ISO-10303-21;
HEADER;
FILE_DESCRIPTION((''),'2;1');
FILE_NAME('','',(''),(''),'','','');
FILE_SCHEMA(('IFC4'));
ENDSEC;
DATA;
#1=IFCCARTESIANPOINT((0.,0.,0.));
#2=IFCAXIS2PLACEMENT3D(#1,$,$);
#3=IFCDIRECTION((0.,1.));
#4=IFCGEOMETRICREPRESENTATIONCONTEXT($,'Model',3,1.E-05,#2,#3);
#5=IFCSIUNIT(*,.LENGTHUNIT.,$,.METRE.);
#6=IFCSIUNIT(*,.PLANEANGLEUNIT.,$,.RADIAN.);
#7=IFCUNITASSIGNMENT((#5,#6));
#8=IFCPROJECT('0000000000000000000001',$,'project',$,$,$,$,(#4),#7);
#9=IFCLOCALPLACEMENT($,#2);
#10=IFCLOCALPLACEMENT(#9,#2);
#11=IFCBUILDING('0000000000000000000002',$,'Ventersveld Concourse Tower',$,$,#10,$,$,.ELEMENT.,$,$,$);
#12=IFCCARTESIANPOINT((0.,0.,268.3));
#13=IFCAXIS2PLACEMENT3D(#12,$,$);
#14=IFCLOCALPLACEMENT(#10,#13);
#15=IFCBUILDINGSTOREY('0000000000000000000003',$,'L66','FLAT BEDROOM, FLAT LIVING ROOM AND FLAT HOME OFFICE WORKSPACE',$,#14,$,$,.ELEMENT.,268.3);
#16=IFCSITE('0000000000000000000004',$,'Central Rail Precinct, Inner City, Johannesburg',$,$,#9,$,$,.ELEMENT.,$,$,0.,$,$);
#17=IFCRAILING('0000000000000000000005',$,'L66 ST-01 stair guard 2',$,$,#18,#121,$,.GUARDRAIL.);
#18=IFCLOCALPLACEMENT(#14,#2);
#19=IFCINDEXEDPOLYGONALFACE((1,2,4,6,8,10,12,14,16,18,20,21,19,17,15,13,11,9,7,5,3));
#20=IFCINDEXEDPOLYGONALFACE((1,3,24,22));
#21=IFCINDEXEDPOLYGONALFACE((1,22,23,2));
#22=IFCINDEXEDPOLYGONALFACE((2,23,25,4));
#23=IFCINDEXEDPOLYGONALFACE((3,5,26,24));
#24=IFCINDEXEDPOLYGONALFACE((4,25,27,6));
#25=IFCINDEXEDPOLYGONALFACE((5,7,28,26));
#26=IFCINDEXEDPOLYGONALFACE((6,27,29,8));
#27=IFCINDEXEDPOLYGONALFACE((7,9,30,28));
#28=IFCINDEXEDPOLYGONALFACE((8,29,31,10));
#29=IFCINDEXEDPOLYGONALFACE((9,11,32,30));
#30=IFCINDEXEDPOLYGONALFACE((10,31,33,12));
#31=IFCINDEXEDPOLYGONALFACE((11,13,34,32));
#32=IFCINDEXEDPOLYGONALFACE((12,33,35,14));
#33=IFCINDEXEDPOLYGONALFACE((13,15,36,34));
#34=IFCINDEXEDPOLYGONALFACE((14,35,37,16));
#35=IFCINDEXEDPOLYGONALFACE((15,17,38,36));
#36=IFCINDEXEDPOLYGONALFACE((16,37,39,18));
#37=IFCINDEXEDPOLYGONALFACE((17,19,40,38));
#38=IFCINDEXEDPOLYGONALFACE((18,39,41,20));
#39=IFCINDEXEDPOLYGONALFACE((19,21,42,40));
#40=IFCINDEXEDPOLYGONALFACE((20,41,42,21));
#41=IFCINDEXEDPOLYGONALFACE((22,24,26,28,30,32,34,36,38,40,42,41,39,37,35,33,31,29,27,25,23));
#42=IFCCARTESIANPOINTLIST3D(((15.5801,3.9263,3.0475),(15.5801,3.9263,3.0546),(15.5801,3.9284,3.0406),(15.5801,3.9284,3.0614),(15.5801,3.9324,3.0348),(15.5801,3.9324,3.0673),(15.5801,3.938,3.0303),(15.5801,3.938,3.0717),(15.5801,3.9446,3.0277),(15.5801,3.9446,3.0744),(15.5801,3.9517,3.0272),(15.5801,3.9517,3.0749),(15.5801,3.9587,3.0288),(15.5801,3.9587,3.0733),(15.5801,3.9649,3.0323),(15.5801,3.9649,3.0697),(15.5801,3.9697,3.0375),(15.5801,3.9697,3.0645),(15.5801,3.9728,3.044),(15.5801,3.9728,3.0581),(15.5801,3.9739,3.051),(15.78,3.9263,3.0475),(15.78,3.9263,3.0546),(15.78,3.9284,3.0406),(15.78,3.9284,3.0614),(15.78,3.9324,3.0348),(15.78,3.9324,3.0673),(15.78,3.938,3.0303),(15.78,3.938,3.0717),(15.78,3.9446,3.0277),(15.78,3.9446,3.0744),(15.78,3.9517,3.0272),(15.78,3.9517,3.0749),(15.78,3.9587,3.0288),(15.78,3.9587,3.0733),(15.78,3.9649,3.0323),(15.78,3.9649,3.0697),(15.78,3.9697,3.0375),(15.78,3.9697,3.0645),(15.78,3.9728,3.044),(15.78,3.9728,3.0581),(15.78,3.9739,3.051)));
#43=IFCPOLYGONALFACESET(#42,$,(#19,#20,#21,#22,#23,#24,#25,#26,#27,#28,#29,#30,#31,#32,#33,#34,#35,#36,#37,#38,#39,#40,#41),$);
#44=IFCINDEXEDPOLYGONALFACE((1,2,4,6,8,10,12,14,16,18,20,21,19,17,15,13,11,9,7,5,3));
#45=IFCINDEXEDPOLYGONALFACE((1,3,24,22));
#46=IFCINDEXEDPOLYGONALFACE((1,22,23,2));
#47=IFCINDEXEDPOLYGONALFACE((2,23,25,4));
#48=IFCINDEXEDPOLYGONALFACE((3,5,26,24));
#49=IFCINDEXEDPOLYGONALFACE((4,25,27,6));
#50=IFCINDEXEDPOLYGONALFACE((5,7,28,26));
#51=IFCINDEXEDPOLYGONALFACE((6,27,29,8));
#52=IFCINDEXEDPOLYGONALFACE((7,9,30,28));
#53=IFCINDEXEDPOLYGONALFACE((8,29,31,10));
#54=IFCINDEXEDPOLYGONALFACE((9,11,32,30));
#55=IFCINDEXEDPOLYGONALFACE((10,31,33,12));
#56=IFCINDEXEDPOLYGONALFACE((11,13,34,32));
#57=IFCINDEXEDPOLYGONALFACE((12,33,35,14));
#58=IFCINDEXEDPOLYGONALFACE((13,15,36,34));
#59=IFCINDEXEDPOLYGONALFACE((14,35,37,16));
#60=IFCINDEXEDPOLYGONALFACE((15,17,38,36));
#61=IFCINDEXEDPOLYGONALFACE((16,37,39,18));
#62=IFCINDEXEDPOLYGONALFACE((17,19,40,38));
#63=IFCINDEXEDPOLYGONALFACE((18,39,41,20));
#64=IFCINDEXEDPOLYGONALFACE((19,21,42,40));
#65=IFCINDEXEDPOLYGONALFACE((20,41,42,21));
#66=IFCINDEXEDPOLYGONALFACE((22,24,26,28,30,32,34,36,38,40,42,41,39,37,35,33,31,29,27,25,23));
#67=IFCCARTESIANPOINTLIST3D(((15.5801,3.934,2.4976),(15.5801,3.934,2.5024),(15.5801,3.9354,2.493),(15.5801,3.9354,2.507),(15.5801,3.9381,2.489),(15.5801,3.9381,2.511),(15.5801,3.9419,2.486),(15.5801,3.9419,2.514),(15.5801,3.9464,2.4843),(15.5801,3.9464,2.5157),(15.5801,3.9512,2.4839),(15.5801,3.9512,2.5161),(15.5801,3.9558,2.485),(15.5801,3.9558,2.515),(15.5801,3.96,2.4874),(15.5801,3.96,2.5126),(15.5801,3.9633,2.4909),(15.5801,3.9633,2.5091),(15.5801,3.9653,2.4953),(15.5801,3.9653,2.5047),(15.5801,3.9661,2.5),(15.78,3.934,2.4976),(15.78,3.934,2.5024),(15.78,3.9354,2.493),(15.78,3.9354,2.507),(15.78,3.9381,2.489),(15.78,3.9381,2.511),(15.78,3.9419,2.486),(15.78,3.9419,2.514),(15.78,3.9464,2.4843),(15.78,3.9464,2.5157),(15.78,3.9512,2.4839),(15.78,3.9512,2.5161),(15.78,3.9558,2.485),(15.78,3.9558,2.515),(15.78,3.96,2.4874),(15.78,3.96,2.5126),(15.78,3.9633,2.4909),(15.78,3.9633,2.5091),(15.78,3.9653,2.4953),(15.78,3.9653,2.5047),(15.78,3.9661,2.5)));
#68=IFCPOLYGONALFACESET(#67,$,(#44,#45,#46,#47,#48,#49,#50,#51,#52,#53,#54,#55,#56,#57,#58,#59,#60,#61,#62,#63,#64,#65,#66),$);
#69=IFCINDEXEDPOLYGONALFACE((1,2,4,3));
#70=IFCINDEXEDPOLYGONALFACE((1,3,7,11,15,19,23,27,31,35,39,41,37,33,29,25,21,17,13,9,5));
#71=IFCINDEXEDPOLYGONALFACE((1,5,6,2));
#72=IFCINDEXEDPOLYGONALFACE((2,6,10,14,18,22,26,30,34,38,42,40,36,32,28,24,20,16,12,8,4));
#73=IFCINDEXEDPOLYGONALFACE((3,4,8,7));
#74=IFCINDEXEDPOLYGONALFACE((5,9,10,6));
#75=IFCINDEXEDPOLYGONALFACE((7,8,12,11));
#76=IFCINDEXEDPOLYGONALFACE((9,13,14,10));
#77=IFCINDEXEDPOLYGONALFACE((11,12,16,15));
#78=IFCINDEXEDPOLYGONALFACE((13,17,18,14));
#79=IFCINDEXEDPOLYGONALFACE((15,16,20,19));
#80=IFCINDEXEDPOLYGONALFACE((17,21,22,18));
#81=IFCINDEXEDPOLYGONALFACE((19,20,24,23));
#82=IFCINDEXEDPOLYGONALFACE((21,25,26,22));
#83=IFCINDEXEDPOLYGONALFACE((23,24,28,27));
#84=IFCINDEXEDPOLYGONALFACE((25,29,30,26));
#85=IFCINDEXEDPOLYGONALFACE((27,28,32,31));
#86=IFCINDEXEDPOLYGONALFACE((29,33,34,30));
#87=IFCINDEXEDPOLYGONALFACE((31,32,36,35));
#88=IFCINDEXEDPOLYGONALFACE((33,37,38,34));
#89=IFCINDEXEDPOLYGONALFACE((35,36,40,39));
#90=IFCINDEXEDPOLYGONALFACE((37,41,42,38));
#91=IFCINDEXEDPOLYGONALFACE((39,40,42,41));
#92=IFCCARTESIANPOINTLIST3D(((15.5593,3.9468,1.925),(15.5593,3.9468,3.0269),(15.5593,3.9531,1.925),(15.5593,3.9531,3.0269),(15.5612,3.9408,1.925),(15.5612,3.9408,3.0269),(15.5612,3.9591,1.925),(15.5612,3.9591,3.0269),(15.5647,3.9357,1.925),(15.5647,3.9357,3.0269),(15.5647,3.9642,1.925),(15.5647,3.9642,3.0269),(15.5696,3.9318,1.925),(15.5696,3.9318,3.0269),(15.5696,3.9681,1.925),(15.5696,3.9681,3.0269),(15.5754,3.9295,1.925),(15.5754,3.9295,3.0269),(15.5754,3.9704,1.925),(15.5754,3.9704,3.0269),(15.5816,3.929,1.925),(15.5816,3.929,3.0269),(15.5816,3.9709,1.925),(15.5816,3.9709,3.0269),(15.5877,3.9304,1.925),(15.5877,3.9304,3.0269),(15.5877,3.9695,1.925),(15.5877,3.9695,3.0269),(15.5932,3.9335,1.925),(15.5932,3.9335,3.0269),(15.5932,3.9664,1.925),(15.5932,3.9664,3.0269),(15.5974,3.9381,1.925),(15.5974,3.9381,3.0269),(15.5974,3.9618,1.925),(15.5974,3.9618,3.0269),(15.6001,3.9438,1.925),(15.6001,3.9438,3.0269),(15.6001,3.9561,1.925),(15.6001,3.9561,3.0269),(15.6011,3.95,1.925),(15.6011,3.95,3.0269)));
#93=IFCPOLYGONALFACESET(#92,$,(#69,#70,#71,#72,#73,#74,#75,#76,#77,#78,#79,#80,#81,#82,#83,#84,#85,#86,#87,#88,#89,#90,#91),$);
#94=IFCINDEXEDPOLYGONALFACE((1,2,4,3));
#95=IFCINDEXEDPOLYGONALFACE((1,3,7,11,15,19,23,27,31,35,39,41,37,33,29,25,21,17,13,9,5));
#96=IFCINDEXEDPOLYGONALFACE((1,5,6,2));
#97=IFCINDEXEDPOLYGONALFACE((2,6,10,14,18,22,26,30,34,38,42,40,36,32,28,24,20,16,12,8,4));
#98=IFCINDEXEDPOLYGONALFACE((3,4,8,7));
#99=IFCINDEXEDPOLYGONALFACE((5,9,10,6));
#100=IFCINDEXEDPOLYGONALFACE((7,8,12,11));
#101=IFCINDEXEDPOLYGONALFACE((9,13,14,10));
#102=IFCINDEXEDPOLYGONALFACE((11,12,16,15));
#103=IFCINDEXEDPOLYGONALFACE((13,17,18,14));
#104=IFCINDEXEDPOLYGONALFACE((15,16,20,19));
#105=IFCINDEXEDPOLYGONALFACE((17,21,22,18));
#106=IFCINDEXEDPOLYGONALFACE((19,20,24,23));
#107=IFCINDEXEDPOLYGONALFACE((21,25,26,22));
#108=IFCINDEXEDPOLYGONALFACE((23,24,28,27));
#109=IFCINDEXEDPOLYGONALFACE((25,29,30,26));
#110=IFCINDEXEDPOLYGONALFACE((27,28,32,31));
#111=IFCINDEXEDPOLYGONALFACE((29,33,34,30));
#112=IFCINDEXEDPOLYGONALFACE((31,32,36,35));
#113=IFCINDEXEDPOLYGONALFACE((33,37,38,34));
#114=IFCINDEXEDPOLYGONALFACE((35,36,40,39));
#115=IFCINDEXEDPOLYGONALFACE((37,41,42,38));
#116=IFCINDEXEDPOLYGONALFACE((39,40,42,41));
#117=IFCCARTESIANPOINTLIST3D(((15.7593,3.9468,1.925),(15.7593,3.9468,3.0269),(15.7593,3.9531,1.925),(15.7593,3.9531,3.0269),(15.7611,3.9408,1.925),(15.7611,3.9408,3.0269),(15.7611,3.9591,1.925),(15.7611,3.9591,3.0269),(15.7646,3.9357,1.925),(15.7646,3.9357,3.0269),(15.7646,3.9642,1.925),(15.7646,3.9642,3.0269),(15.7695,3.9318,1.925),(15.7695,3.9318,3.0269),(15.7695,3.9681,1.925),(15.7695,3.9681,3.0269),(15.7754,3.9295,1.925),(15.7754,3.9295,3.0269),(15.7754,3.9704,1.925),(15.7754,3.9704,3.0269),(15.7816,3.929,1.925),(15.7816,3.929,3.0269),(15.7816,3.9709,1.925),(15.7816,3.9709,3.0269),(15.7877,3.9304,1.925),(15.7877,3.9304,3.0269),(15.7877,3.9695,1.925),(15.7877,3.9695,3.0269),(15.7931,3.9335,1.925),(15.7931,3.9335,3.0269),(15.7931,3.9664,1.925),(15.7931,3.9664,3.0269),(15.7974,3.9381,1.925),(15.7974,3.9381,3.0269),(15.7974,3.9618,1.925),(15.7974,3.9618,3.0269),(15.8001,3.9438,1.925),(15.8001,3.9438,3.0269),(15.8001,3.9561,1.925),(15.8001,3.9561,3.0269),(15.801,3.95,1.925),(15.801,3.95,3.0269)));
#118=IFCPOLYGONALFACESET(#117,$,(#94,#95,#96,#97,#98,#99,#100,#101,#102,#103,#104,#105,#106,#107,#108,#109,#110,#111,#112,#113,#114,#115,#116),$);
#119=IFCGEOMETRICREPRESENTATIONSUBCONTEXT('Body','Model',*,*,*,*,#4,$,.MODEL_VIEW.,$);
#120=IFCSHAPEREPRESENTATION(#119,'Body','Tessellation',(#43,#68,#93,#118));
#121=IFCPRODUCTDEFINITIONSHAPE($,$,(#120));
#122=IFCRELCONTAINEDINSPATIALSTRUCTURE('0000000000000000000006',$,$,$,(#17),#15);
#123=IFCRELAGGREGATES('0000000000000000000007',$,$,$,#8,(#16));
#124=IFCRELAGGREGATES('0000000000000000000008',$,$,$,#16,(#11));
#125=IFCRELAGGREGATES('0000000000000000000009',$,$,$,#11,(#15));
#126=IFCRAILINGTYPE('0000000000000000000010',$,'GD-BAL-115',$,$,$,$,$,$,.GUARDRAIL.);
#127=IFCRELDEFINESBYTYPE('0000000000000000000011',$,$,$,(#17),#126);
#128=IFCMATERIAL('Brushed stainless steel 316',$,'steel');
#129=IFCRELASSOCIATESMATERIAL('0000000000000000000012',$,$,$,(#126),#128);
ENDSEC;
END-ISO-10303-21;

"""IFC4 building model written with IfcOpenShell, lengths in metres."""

from ifc_helpers import new_model, si_unit, direction, frame, origin, origin_2d, place, context, subcontext, project, spatial, circle, extrude, material, type_object, element, save


model = new_model("IFC4")

# Units and contexts
model_context = context("Model", 3, precision=1e-05, world=origin(), true_north=direction((0.0, 1.0)))
body_context = subcontext(model_context, "Body", "Model", "MODEL_VIEW")
ifc_project = project(units=[si_unit("LENGTHUNIT", "METRE"), si_unit("PLANEANGLEUNIT", "RADIAN")], contexts=[model_context])

# Site, building, storey
site_placement = place(None, origin())
site = spatial("IfcSite", under=ifc_project, at=site_placement, Name="Central Rail Precinct, Inner City, Johannesburg", CompositionType="ELEMENT", RefElevation=0.0)
building_placement = place(site_placement, origin())
building = spatial("IfcBuilding", under=site, at=building_placement, Name="Ventersveld Concourse Tower", CompositionType="ELEMENT")
storey_placement = place(building_placement, frame((0.0, 0.0, 268.3)))
storey = spatial("IfcBuildingStorey", under=building, at=storey_placement, Name="L66", Description="FLAT BEDROOM, FLAT LIVING ROOM AND FLAT HOME OFFICE WORKSPACE", CompositionType="ELEMENT", Elevation=268.3)

# Shared definitions
ifc_material_1 = material(Name="Brushed stainless steel 316", Category="steel")

# Railing
railing_type_1 = type_object("IfcRailingType", Name="GD-BAL-115", PredefinedType="GUARDRAIL", material=ifc_material_1)
railing_1_placement = place(storey_placement, frame((15.5801, 3.95, 1.925)))
element("IfcRailing", 1, at=railing_1_placement, inside=storey, type_object=railing_type_1, Name="L66 ST-01 stair guard 2", PredefinedType="GUARDRAIL", context=body_context, shape_type="SweptSolid", body=[
    extrude(circle(Radius=0.0239, at=origin_2d()), frame((0.0, 0.0, 1.126), z_axis=(1.0, 0.0, 0.0), x_axis=(0.0, 1.0, 0.0)), (0.0, 0.0, 1.0), 0.2),
    extrude(circle(Radius=0.0161, at=origin_2d()), frame((0.0, 0.0, 0.575), z_axis=(1.0, 0.0, 0.0), x_axis=(0.0, 1.0, 0.0)), (0.0, 0.0, 1.0), 0.2),
    extrude(circle(Radius=0.021, at=origin_2d()), origin(), (0.0, 0.0, 1.0), 1.1018),
    extrude(circle(Radius=0.021, at=origin_2d()), frame((0.2, 0.0, 0.0)), (0.0, 0.0, 1.0), 1.1018),
])

save(model, "model.ifc")
